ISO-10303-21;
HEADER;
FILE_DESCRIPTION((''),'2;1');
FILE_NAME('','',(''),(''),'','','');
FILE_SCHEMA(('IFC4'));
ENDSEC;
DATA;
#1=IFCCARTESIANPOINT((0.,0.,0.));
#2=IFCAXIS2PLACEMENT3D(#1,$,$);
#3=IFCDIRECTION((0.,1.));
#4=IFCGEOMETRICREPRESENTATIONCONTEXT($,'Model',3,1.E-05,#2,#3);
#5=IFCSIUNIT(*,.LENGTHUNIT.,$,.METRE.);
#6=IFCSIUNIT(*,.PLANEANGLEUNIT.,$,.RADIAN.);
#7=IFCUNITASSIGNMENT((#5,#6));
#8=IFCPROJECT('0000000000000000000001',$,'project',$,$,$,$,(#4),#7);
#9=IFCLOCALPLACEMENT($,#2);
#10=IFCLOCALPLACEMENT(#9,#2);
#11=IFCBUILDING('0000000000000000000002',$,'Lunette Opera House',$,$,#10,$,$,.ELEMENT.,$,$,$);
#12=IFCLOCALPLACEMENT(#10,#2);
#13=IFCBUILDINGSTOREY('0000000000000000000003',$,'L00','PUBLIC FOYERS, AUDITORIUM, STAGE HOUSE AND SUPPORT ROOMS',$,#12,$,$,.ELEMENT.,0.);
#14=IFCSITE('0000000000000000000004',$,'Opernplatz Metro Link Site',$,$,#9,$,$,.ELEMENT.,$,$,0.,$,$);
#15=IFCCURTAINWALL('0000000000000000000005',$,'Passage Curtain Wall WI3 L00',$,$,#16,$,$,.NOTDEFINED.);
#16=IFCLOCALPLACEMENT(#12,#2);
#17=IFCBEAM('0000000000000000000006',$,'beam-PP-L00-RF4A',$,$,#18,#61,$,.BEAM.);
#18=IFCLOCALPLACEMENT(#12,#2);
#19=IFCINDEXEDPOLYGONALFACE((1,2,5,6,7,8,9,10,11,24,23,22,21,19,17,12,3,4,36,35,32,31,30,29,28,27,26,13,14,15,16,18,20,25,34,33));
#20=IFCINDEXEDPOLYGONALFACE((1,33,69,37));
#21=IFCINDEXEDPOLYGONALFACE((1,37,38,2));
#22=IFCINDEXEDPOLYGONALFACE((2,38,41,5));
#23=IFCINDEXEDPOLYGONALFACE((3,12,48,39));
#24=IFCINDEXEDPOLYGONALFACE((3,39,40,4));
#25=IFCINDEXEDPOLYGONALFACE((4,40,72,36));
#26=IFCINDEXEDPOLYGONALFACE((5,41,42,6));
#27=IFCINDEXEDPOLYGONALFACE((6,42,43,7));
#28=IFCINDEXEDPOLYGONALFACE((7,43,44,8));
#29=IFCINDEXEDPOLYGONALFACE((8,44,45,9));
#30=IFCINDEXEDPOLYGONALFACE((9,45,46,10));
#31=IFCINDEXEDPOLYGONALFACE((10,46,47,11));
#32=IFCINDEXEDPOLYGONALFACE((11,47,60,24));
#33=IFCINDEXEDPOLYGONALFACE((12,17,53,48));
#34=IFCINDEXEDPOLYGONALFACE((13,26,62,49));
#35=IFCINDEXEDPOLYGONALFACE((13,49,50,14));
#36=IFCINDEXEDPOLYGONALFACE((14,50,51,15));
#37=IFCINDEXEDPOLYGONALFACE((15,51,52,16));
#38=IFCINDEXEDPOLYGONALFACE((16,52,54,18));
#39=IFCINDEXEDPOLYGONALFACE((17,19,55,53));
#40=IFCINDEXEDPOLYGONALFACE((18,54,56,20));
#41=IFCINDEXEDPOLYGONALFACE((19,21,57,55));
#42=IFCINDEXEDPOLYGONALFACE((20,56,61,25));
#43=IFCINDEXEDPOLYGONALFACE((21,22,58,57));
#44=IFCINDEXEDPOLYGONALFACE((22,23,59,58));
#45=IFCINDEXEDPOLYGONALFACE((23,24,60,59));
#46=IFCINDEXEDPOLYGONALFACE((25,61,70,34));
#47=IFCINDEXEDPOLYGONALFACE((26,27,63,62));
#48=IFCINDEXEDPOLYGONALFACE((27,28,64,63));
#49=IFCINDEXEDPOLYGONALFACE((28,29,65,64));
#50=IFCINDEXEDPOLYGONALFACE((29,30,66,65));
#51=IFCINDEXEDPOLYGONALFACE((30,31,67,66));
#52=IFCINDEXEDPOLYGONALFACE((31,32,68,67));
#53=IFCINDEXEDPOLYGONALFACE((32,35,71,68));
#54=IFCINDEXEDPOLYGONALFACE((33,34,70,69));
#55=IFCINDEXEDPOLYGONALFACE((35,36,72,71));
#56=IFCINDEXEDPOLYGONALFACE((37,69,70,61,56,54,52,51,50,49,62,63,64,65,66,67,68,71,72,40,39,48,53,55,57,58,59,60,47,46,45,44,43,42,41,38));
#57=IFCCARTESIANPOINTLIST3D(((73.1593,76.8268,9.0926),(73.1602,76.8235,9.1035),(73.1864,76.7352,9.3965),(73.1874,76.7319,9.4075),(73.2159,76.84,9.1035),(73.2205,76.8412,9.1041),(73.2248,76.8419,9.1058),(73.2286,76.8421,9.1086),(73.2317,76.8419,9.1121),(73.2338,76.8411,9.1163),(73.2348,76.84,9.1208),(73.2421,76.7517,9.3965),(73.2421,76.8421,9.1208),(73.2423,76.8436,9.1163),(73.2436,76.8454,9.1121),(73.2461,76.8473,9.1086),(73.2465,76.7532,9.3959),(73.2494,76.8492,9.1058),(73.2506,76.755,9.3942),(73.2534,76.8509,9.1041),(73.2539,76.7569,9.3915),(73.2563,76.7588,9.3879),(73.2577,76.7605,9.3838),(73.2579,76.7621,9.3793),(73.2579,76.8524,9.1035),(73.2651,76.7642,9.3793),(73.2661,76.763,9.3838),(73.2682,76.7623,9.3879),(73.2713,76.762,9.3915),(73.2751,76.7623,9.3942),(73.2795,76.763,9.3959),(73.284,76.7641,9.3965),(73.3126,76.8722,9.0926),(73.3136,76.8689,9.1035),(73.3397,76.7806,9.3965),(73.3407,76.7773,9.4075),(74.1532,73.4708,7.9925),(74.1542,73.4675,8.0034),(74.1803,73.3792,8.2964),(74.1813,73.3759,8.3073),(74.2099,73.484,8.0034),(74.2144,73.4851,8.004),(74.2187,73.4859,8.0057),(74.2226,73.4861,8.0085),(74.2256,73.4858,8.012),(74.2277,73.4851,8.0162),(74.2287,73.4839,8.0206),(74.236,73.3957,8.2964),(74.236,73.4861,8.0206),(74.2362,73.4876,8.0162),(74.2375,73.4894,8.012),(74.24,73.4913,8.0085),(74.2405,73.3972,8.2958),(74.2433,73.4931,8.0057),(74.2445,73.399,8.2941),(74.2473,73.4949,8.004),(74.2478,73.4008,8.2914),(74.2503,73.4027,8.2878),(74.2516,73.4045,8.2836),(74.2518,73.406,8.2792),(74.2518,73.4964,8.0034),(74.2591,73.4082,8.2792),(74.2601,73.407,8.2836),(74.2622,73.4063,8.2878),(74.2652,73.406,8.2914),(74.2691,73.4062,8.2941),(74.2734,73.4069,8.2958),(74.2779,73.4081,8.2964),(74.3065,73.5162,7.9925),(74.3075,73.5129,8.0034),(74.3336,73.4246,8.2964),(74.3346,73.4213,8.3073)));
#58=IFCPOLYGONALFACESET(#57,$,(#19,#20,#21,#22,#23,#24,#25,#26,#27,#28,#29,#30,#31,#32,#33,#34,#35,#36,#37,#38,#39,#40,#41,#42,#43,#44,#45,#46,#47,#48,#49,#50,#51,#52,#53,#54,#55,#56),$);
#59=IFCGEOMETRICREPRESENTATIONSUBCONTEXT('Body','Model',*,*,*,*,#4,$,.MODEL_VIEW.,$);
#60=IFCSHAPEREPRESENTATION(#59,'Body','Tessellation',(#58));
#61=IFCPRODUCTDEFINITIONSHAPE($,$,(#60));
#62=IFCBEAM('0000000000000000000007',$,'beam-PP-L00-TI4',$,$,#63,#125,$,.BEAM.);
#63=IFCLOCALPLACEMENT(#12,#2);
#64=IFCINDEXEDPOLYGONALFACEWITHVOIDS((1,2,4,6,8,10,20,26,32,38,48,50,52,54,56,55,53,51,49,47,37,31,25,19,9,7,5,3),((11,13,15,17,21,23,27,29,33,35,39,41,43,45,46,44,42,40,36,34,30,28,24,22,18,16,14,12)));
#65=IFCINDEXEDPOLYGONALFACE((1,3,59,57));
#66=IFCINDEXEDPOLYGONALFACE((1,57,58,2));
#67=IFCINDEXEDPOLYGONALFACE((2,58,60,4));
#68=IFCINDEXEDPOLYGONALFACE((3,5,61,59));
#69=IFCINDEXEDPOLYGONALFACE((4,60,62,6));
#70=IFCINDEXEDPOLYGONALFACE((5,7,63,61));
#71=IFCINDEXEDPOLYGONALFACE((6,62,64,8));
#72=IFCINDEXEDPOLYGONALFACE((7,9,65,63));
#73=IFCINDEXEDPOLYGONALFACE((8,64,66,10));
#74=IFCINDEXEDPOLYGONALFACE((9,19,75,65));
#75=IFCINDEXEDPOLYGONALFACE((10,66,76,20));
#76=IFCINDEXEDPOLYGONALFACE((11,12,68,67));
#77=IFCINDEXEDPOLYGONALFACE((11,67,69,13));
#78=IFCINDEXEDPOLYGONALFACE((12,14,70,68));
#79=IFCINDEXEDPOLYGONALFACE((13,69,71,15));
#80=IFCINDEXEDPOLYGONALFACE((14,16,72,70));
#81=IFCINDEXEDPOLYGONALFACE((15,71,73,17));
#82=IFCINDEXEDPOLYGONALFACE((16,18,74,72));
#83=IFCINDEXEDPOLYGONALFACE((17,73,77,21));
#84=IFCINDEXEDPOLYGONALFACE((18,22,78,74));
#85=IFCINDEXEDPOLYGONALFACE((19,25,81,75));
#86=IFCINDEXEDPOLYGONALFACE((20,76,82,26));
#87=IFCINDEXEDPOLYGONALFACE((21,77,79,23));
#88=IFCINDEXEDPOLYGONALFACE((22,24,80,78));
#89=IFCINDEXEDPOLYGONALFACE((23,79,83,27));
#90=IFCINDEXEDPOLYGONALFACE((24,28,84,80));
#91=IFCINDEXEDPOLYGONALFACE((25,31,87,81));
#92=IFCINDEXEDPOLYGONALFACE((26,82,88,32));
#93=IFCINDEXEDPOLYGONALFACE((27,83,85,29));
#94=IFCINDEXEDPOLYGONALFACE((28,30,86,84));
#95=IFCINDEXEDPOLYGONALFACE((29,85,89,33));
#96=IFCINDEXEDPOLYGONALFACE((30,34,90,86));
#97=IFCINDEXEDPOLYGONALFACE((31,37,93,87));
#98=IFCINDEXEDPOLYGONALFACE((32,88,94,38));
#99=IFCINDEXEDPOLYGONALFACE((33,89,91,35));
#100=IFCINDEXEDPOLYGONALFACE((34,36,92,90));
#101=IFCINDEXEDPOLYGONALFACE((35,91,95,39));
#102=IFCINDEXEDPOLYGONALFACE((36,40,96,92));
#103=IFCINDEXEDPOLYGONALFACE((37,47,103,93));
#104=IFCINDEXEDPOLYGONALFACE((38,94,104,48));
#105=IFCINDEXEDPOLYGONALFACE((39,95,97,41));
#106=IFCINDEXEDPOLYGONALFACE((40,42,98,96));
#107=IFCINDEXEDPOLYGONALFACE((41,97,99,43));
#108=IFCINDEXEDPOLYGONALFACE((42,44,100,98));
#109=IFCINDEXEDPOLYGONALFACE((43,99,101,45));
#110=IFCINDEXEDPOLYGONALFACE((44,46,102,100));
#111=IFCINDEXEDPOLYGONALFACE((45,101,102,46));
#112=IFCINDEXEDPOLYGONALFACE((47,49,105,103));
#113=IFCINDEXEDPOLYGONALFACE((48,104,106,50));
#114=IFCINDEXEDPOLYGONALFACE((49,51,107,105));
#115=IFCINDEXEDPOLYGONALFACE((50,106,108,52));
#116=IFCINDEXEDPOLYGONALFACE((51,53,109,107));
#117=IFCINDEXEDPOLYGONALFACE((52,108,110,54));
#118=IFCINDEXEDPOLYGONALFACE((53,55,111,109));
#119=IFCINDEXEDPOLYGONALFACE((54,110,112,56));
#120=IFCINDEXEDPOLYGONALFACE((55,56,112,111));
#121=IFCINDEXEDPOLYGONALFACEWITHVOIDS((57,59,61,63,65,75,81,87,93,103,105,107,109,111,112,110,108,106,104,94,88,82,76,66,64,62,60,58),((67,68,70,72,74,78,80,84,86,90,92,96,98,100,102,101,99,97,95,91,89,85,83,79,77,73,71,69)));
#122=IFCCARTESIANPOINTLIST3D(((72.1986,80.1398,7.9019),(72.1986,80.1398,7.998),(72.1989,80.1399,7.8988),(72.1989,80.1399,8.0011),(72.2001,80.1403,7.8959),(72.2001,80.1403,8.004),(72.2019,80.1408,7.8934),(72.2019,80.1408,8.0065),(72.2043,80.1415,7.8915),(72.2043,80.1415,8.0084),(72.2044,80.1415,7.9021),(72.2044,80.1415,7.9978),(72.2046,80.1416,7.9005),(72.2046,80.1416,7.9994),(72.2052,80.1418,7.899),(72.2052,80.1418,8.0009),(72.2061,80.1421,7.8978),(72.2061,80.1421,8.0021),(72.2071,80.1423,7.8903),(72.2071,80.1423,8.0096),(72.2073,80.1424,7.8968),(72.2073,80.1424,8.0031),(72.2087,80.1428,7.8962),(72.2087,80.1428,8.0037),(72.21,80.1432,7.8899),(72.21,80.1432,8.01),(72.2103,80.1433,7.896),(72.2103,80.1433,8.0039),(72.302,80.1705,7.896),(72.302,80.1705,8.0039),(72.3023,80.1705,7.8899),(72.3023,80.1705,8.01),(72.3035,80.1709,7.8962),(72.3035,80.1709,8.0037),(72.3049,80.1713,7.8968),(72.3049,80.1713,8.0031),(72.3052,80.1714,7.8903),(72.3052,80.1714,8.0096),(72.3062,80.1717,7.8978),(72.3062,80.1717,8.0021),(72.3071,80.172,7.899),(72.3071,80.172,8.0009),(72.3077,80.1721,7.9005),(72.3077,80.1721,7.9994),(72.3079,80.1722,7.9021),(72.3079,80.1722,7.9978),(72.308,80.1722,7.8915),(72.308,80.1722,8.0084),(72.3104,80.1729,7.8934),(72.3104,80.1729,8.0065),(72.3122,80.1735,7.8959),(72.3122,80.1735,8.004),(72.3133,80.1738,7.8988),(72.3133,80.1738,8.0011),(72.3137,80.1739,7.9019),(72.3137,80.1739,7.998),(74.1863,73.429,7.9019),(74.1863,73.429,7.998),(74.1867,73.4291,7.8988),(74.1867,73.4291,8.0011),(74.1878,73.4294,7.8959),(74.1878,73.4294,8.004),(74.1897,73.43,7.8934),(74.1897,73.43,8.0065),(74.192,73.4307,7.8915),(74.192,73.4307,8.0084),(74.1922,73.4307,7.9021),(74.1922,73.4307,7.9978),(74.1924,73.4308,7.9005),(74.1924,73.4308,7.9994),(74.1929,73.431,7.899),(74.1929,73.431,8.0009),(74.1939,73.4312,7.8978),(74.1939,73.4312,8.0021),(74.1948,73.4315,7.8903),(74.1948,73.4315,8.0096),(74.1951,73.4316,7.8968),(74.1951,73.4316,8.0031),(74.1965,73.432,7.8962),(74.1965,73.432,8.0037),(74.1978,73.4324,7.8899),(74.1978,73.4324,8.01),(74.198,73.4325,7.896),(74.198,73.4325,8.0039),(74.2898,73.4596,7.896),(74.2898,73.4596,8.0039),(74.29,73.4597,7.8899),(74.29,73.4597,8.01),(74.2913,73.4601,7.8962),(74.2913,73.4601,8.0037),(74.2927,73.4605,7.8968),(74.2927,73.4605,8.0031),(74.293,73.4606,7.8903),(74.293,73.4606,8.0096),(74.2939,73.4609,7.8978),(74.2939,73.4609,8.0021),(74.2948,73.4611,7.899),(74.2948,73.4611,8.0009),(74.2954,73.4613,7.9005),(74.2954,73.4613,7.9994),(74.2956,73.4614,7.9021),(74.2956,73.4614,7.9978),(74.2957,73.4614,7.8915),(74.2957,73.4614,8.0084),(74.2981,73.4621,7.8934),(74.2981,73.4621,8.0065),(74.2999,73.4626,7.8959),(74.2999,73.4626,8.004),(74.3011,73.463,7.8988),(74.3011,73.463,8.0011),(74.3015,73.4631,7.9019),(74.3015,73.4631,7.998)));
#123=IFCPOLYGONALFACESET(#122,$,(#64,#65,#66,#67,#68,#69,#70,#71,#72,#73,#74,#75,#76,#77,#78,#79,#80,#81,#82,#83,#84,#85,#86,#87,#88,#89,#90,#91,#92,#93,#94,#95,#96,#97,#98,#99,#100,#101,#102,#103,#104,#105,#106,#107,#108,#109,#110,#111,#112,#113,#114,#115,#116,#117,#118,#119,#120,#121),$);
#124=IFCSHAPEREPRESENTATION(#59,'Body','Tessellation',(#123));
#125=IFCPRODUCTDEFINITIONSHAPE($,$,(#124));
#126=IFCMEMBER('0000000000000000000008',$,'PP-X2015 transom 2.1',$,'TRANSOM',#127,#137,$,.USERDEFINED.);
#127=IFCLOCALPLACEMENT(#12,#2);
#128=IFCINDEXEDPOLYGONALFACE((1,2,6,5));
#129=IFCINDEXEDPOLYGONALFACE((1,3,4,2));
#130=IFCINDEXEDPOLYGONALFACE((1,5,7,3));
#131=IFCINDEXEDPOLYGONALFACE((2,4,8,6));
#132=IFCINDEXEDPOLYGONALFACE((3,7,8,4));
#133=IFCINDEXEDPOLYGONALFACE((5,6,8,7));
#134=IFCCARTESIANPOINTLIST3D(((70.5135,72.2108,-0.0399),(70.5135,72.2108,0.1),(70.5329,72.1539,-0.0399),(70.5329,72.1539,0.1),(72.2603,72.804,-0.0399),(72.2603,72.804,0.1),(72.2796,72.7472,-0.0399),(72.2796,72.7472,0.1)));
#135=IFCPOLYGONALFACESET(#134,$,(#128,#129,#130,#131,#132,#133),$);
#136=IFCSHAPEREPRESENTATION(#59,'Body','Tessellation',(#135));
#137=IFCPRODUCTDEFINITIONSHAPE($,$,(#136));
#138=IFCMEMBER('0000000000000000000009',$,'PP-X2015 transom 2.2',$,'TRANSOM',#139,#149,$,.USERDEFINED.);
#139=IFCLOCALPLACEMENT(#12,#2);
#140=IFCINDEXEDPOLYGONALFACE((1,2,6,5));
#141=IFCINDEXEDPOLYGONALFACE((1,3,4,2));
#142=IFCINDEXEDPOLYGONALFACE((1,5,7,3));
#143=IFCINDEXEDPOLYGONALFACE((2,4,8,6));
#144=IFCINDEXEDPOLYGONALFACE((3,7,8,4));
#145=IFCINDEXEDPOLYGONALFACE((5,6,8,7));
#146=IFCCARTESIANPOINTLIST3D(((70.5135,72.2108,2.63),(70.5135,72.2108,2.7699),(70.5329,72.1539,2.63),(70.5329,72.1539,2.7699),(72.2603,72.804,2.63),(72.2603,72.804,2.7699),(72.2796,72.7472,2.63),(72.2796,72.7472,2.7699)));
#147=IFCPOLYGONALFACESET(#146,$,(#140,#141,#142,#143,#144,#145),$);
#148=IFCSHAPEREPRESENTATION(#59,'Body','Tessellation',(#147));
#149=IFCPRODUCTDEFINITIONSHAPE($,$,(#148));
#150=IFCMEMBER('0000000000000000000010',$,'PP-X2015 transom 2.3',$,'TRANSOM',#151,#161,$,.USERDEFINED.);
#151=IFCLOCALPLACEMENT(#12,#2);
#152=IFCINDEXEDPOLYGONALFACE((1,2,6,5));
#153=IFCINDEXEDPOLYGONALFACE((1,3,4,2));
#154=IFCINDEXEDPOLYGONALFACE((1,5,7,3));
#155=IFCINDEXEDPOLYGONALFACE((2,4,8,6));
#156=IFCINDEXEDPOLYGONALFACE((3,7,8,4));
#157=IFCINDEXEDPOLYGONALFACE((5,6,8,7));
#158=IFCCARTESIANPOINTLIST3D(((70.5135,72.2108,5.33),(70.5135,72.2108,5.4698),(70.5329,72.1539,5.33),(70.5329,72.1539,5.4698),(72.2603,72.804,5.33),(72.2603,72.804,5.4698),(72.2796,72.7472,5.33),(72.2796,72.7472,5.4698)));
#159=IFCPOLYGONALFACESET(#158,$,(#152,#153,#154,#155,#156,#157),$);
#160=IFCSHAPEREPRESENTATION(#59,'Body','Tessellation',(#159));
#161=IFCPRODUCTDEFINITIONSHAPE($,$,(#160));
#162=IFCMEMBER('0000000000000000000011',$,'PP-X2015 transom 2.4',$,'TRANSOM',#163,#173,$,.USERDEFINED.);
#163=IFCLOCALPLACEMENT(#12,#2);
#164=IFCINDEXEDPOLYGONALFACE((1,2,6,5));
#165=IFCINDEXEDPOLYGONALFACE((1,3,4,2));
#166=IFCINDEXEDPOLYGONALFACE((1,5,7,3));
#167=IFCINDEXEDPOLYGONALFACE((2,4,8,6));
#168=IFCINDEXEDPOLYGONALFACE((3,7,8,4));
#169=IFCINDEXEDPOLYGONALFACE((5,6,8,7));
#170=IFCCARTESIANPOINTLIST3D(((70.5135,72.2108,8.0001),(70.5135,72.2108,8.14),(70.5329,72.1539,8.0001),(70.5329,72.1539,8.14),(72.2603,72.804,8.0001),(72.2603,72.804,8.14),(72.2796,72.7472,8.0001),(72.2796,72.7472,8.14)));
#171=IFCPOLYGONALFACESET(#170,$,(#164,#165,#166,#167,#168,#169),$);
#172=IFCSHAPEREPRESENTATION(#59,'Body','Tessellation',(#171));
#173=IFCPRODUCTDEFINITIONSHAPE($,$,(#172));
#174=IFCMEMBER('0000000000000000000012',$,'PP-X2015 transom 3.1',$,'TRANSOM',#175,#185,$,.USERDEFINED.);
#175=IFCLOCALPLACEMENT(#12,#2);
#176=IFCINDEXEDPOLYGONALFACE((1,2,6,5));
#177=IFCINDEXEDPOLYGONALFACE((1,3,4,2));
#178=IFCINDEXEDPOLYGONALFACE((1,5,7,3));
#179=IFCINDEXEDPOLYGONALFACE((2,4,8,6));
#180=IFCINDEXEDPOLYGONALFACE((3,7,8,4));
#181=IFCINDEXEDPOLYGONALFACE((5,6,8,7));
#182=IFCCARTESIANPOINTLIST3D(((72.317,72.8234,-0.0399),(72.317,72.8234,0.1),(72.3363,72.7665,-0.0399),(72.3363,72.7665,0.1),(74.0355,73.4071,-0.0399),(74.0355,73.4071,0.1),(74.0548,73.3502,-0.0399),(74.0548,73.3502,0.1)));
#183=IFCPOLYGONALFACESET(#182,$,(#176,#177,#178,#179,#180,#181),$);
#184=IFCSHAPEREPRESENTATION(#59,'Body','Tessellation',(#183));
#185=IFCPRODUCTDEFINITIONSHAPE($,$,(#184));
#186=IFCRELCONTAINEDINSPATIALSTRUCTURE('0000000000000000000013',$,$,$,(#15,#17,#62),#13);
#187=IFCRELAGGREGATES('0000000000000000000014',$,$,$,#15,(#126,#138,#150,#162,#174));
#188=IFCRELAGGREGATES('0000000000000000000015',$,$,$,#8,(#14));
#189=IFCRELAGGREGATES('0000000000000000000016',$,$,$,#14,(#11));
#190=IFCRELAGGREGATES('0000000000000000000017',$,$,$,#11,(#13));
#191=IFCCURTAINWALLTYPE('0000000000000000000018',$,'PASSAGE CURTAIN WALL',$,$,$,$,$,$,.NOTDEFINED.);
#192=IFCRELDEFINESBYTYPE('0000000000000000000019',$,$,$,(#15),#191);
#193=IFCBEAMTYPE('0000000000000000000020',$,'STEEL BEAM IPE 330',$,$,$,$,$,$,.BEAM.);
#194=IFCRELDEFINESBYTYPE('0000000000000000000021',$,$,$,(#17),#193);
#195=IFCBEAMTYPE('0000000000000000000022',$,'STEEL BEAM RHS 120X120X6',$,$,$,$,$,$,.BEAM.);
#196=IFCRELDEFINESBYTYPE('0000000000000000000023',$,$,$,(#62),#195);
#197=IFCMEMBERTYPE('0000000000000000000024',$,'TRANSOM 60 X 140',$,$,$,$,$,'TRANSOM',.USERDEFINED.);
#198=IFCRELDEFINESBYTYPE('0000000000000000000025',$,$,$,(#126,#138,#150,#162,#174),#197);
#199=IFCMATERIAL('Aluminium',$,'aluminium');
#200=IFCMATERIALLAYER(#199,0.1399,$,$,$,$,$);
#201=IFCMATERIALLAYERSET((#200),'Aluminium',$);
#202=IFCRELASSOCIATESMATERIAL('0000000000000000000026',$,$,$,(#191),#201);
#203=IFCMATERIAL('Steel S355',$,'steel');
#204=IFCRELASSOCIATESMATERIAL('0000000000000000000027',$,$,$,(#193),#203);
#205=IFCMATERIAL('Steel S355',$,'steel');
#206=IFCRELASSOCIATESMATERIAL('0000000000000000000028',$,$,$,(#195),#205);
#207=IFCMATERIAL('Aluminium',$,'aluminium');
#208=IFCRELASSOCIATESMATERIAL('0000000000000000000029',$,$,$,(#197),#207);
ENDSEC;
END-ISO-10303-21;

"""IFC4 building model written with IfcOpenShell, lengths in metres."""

from ifc_helpers import new_model, si_unit, direction, frame, origin, origin_2d, place, context, subcontext, project, spatial, rectangle, hollow_rectangle, i_section, extrude, material, layer, layer_set, material_profile, profile_set, type_object, element, aggregate, save


model = new_model("IFC4")

# Units and contexts
model_context = context("Model", 3, precision=1e-05, world=origin(), true_north=direction((0.0, 1.0)))
body_context = subcontext(model_context, "Body", "Model", "MODEL_VIEW")
ifc_project = project(units=[si_unit("LENGTHUNIT", "METRE"), si_unit("PLANEANGLEUNIT", "RADIAN")], contexts=[model_context])

# Site, building, storey
site_placement = place(None, origin())
site = spatial("IfcSite", under=ifc_project, at=site_placement, Name="Opernplatz Metro Link Site", CompositionType="ELEMENT", RefElevation=0.0)
building_placement = place(site_placement, origin())
building = spatial("IfcBuilding", under=site, at=building_placement, Name="Lunette Opera House", CompositionType="ELEMENT")
storey_placement = place(building_placement, origin())
storey = spatial("IfcBuildingStorey", under=building, at=storey_placement, Name="L00", Description="PUBLIC FOYERS, AUDITORIUM, STAGE HOUSE AND SUPPORT ROOMS", CompositionType="ELEMENT", Elevation=0.0)

# Curtain wall
ifc_material_1 = material(Name="Aluminium", Category="aluminium")
ifc_layer_1 = layer(ifc_material_1, 0.1399)
ifc_layer_set_1 = layer_set([ifc_layer_1], Name="Aluminium")
curtain_wall_type = type_object("IfcCurtainWallType", Name="PASSAGE CURTAIN WALL", PredefinedType="NOTDEFINED", material=ifc_layer_set_1)
curtain_wall_placement = place(storey_placement, origin())
curtain_wall = element("IfcCurtainWall", 1, at=curtain_wall_placement, inside=storey, type_object=curtain_wall_type, Name="Passage Curtain Wall WI3 L00", PredefinedType="NOTDEFINED")

# Beams
ifc_material_2 = material(Name="Steel S355", Category="steel")
ifc_material_profile_1 = material_profile(ifc_material_2, i_section(OverallWidth=0.1599, OverallDepth=0.3301, WebThickness=0.0076, FlangeThickness=0.0115, FilletRadius=0.0181, at=origin_2d()), Name="IPE 330")
ifc_profile_set_1 = profile_set([ifc_material_profile_1], Name="Steel S355")
beam_type_1 = type_object("IfcBeamType", Name="STEEL BEAM IPE 330", PredefinedType="BEAM", material=ifc_profile_set_1)
beam_1_placement = place(storey_placement, frame((74.2439, 73.446, 8.1499), z_axis=(-0.270901, 0.914715, 0.299848), x_axis=(-0.958834, -0.283967, 0.0)))
element("IfcBeam", 2, at=beam_1_placement, inside=storey, type_object=beam_type_1, Name="beam-PP-L00-RF4A", PredefinedType="BEAM", context=body_context, shape_type="SweptSolid", body=[
    extrude(i_section(OverallWidth=0.1599, OverallDepth=0.3301, WebThickness=0.0076, FlangeThickness=0.0115, FilletRadius=0.0181, at=origin_2d()), origin(), (0.0, 0.0, 1.0), 3.6689),
])
ifc_material_3 = material(Name="Steel S355", Category="steel")
ifc_material_profile_2 = material_profile(ifc_material_3, hollow_rectangle(XDim=0.1201, YDim=0.1201, WallThickness=0.0061, InnerFilletRadius=0.0061, OuterFilletRadius=0.012, at=origin_2d()), Name="RHS 120X120X6")
ifc_profile_set_2 = profile_set([ifc_material_profile_2], Name="Steel S355")
beam_type_2 = type_object("IfcBeamType", Name="STEEL BEAM RHS 120X120X6", PredefinedType="BEAM", material=ifc_profile_set_2)
beam_2_placement = place(storey_placement, frame((74.2439, 73.446, 7.95), z_axis=(-0.284005, 0.958823, 0.0), x_axis=(-0.958823, -0.284005, 0.0)))
element("IfcBeam", 3, at=beam_2_placement, inside=storey, type_object=beam_type_2, Name="beam-PP-L00-TI4", PredefinedType="BEAM", context=body_context, shape_type="SweptSolid", body=[
    extrude(hollow_rectangle(XDim=0.1201, YDim=0.1201, WallThickness=0.0061, InnerFilletRadius=0.0061, OuterFilletRadius=0.012, at=origin_2d()), origin(), (0.0, 0.0, 1.0), 6.999),
])

# Members
ifc_material_4 = material(Name="Aluminium", Category="aluminium")
ifc_material_profile_3 = material_profile(ifc_material_4, rectangle(XDim=0.0601, YDim=0.1399, at=origin_2d()), Name="TRANSOM 60 X 140")
ifc_profile_set_3 = profile_set([ifc_material_profile_3], Name="Aluminium")
member_type_1 = type_object("IfcMemberType", Name="TRANSOM 60 X 140", ElementType="TRANSOM", PredefinedType="USERDEFINED", material=ifc_profile_set_3)
member_1_placement = place(storey_placement, frame((70.5232, 72.1824, 0.03), z_axis=(0.946882, 0.321582, 0.0), x_axis=(-0.321582, 0.946882, 0.0)))
member_1 = element("IfcMember", 4, at=member_1_placement, type_object=member_type_1, Name="PP-X2015 transom 2.1", ObjectType="TRANSOM", PredefinedType="USERDEFINED", context=body_context, shape_type="SweptSolid", body=[
    extrude(rectangle(XDim=0.0601, YDim=0.1399, at=origin_2d()), origin(), (0.0, 0.0, 1.0), 1.8447),
])
member_2_placement = place(storey_placement, frame((70.5232, 72.1824, 2.7), z_axis=(0.946882, 0.321582, 0.0), x_axis=(-0.321582, 0.946882, 0.0)))
member_2 = element("IfcMember", 5, at=member_2_placement, type_object=member_type_1, Name="PP-X2015 transom 2.2", ObjectType="TRANSOM", PredefinedType="USERDEFINED", context=body_context, shape_type="SweptSolid", body=[
    extrude(rectangle(XDim=0.0601, YDim=0.1399, at=origin_2d()), origin(), (0.0, 0.0, 1.0), 1.8447),
])
member_3_placement = place(storey_placement, frame((70.5232, 72.1824, 5.3999), z_axis=(0.946882, 0.321582, 0.0), x_axis=(-0.321582, 0.946882, 0.0)))
member_3 = element("IfcMember", 6, at=member_3_placement, type_object=member_type_1, Name="PP-X2015 transom 2.3", ObjectType="TRANSOM", PredefinedType="USERDEFINED", context=body_context, shape_type="SweptSolid", body=[
    extrude(rectangle(XDim=0.0601, YDim=0.1399, at=origin_2d()), origin(), (0.0, 0.0, 1.0), 1.8447),
])
member_4_placement = place(storey_placement, frame((70.5232, 72.1824, 8.0701), z_axis=(0.946882, 0.321582, 0.0), x_axis=(-0.321582, 0.946882, 0.0)))
member_4 = element("IfcMember", 7, at=member_4_placement, type_object=member_type_1, Name="PP-X2015 transom 2.4", ObjectType="TRANSOM", PredefinedType="USERDEFINED", context=body_context, shape_type="SweptSolid", body=[
    extrude(rectangle(XDim=0.0601, YDim=0.1399, at=origin_2d()), origin(), (0.0, 0.0, 1.0), 1.8447),
])
member_5_placement = place(storey_placement, frame((72.3267, 72.7949, 0.03), z_axis=(0.946865, 0.32163, 0.0), x_axis=(-0.32163, 0.946865, 0.0)))
member_5 = element("IfcMember", 8, at=member_5_placement, type_object=member_type_1, Name="PP-X2015 transom 3.1", ObjectType="TRANSOM", PredefinedType="USERDEFINED", context=body_context, shape_type="SweptSolid", body=[
    extrude(rectangle(XDim=0.0601, YDim=0.1399, at=origin_2d()), origin(), (0.0, 0.0, 1.0), 1.8149),
])

aggregate(curtain_wall, [member_1, member_2, member_3, member_4, member_5])

save(model, "model.ifc")
